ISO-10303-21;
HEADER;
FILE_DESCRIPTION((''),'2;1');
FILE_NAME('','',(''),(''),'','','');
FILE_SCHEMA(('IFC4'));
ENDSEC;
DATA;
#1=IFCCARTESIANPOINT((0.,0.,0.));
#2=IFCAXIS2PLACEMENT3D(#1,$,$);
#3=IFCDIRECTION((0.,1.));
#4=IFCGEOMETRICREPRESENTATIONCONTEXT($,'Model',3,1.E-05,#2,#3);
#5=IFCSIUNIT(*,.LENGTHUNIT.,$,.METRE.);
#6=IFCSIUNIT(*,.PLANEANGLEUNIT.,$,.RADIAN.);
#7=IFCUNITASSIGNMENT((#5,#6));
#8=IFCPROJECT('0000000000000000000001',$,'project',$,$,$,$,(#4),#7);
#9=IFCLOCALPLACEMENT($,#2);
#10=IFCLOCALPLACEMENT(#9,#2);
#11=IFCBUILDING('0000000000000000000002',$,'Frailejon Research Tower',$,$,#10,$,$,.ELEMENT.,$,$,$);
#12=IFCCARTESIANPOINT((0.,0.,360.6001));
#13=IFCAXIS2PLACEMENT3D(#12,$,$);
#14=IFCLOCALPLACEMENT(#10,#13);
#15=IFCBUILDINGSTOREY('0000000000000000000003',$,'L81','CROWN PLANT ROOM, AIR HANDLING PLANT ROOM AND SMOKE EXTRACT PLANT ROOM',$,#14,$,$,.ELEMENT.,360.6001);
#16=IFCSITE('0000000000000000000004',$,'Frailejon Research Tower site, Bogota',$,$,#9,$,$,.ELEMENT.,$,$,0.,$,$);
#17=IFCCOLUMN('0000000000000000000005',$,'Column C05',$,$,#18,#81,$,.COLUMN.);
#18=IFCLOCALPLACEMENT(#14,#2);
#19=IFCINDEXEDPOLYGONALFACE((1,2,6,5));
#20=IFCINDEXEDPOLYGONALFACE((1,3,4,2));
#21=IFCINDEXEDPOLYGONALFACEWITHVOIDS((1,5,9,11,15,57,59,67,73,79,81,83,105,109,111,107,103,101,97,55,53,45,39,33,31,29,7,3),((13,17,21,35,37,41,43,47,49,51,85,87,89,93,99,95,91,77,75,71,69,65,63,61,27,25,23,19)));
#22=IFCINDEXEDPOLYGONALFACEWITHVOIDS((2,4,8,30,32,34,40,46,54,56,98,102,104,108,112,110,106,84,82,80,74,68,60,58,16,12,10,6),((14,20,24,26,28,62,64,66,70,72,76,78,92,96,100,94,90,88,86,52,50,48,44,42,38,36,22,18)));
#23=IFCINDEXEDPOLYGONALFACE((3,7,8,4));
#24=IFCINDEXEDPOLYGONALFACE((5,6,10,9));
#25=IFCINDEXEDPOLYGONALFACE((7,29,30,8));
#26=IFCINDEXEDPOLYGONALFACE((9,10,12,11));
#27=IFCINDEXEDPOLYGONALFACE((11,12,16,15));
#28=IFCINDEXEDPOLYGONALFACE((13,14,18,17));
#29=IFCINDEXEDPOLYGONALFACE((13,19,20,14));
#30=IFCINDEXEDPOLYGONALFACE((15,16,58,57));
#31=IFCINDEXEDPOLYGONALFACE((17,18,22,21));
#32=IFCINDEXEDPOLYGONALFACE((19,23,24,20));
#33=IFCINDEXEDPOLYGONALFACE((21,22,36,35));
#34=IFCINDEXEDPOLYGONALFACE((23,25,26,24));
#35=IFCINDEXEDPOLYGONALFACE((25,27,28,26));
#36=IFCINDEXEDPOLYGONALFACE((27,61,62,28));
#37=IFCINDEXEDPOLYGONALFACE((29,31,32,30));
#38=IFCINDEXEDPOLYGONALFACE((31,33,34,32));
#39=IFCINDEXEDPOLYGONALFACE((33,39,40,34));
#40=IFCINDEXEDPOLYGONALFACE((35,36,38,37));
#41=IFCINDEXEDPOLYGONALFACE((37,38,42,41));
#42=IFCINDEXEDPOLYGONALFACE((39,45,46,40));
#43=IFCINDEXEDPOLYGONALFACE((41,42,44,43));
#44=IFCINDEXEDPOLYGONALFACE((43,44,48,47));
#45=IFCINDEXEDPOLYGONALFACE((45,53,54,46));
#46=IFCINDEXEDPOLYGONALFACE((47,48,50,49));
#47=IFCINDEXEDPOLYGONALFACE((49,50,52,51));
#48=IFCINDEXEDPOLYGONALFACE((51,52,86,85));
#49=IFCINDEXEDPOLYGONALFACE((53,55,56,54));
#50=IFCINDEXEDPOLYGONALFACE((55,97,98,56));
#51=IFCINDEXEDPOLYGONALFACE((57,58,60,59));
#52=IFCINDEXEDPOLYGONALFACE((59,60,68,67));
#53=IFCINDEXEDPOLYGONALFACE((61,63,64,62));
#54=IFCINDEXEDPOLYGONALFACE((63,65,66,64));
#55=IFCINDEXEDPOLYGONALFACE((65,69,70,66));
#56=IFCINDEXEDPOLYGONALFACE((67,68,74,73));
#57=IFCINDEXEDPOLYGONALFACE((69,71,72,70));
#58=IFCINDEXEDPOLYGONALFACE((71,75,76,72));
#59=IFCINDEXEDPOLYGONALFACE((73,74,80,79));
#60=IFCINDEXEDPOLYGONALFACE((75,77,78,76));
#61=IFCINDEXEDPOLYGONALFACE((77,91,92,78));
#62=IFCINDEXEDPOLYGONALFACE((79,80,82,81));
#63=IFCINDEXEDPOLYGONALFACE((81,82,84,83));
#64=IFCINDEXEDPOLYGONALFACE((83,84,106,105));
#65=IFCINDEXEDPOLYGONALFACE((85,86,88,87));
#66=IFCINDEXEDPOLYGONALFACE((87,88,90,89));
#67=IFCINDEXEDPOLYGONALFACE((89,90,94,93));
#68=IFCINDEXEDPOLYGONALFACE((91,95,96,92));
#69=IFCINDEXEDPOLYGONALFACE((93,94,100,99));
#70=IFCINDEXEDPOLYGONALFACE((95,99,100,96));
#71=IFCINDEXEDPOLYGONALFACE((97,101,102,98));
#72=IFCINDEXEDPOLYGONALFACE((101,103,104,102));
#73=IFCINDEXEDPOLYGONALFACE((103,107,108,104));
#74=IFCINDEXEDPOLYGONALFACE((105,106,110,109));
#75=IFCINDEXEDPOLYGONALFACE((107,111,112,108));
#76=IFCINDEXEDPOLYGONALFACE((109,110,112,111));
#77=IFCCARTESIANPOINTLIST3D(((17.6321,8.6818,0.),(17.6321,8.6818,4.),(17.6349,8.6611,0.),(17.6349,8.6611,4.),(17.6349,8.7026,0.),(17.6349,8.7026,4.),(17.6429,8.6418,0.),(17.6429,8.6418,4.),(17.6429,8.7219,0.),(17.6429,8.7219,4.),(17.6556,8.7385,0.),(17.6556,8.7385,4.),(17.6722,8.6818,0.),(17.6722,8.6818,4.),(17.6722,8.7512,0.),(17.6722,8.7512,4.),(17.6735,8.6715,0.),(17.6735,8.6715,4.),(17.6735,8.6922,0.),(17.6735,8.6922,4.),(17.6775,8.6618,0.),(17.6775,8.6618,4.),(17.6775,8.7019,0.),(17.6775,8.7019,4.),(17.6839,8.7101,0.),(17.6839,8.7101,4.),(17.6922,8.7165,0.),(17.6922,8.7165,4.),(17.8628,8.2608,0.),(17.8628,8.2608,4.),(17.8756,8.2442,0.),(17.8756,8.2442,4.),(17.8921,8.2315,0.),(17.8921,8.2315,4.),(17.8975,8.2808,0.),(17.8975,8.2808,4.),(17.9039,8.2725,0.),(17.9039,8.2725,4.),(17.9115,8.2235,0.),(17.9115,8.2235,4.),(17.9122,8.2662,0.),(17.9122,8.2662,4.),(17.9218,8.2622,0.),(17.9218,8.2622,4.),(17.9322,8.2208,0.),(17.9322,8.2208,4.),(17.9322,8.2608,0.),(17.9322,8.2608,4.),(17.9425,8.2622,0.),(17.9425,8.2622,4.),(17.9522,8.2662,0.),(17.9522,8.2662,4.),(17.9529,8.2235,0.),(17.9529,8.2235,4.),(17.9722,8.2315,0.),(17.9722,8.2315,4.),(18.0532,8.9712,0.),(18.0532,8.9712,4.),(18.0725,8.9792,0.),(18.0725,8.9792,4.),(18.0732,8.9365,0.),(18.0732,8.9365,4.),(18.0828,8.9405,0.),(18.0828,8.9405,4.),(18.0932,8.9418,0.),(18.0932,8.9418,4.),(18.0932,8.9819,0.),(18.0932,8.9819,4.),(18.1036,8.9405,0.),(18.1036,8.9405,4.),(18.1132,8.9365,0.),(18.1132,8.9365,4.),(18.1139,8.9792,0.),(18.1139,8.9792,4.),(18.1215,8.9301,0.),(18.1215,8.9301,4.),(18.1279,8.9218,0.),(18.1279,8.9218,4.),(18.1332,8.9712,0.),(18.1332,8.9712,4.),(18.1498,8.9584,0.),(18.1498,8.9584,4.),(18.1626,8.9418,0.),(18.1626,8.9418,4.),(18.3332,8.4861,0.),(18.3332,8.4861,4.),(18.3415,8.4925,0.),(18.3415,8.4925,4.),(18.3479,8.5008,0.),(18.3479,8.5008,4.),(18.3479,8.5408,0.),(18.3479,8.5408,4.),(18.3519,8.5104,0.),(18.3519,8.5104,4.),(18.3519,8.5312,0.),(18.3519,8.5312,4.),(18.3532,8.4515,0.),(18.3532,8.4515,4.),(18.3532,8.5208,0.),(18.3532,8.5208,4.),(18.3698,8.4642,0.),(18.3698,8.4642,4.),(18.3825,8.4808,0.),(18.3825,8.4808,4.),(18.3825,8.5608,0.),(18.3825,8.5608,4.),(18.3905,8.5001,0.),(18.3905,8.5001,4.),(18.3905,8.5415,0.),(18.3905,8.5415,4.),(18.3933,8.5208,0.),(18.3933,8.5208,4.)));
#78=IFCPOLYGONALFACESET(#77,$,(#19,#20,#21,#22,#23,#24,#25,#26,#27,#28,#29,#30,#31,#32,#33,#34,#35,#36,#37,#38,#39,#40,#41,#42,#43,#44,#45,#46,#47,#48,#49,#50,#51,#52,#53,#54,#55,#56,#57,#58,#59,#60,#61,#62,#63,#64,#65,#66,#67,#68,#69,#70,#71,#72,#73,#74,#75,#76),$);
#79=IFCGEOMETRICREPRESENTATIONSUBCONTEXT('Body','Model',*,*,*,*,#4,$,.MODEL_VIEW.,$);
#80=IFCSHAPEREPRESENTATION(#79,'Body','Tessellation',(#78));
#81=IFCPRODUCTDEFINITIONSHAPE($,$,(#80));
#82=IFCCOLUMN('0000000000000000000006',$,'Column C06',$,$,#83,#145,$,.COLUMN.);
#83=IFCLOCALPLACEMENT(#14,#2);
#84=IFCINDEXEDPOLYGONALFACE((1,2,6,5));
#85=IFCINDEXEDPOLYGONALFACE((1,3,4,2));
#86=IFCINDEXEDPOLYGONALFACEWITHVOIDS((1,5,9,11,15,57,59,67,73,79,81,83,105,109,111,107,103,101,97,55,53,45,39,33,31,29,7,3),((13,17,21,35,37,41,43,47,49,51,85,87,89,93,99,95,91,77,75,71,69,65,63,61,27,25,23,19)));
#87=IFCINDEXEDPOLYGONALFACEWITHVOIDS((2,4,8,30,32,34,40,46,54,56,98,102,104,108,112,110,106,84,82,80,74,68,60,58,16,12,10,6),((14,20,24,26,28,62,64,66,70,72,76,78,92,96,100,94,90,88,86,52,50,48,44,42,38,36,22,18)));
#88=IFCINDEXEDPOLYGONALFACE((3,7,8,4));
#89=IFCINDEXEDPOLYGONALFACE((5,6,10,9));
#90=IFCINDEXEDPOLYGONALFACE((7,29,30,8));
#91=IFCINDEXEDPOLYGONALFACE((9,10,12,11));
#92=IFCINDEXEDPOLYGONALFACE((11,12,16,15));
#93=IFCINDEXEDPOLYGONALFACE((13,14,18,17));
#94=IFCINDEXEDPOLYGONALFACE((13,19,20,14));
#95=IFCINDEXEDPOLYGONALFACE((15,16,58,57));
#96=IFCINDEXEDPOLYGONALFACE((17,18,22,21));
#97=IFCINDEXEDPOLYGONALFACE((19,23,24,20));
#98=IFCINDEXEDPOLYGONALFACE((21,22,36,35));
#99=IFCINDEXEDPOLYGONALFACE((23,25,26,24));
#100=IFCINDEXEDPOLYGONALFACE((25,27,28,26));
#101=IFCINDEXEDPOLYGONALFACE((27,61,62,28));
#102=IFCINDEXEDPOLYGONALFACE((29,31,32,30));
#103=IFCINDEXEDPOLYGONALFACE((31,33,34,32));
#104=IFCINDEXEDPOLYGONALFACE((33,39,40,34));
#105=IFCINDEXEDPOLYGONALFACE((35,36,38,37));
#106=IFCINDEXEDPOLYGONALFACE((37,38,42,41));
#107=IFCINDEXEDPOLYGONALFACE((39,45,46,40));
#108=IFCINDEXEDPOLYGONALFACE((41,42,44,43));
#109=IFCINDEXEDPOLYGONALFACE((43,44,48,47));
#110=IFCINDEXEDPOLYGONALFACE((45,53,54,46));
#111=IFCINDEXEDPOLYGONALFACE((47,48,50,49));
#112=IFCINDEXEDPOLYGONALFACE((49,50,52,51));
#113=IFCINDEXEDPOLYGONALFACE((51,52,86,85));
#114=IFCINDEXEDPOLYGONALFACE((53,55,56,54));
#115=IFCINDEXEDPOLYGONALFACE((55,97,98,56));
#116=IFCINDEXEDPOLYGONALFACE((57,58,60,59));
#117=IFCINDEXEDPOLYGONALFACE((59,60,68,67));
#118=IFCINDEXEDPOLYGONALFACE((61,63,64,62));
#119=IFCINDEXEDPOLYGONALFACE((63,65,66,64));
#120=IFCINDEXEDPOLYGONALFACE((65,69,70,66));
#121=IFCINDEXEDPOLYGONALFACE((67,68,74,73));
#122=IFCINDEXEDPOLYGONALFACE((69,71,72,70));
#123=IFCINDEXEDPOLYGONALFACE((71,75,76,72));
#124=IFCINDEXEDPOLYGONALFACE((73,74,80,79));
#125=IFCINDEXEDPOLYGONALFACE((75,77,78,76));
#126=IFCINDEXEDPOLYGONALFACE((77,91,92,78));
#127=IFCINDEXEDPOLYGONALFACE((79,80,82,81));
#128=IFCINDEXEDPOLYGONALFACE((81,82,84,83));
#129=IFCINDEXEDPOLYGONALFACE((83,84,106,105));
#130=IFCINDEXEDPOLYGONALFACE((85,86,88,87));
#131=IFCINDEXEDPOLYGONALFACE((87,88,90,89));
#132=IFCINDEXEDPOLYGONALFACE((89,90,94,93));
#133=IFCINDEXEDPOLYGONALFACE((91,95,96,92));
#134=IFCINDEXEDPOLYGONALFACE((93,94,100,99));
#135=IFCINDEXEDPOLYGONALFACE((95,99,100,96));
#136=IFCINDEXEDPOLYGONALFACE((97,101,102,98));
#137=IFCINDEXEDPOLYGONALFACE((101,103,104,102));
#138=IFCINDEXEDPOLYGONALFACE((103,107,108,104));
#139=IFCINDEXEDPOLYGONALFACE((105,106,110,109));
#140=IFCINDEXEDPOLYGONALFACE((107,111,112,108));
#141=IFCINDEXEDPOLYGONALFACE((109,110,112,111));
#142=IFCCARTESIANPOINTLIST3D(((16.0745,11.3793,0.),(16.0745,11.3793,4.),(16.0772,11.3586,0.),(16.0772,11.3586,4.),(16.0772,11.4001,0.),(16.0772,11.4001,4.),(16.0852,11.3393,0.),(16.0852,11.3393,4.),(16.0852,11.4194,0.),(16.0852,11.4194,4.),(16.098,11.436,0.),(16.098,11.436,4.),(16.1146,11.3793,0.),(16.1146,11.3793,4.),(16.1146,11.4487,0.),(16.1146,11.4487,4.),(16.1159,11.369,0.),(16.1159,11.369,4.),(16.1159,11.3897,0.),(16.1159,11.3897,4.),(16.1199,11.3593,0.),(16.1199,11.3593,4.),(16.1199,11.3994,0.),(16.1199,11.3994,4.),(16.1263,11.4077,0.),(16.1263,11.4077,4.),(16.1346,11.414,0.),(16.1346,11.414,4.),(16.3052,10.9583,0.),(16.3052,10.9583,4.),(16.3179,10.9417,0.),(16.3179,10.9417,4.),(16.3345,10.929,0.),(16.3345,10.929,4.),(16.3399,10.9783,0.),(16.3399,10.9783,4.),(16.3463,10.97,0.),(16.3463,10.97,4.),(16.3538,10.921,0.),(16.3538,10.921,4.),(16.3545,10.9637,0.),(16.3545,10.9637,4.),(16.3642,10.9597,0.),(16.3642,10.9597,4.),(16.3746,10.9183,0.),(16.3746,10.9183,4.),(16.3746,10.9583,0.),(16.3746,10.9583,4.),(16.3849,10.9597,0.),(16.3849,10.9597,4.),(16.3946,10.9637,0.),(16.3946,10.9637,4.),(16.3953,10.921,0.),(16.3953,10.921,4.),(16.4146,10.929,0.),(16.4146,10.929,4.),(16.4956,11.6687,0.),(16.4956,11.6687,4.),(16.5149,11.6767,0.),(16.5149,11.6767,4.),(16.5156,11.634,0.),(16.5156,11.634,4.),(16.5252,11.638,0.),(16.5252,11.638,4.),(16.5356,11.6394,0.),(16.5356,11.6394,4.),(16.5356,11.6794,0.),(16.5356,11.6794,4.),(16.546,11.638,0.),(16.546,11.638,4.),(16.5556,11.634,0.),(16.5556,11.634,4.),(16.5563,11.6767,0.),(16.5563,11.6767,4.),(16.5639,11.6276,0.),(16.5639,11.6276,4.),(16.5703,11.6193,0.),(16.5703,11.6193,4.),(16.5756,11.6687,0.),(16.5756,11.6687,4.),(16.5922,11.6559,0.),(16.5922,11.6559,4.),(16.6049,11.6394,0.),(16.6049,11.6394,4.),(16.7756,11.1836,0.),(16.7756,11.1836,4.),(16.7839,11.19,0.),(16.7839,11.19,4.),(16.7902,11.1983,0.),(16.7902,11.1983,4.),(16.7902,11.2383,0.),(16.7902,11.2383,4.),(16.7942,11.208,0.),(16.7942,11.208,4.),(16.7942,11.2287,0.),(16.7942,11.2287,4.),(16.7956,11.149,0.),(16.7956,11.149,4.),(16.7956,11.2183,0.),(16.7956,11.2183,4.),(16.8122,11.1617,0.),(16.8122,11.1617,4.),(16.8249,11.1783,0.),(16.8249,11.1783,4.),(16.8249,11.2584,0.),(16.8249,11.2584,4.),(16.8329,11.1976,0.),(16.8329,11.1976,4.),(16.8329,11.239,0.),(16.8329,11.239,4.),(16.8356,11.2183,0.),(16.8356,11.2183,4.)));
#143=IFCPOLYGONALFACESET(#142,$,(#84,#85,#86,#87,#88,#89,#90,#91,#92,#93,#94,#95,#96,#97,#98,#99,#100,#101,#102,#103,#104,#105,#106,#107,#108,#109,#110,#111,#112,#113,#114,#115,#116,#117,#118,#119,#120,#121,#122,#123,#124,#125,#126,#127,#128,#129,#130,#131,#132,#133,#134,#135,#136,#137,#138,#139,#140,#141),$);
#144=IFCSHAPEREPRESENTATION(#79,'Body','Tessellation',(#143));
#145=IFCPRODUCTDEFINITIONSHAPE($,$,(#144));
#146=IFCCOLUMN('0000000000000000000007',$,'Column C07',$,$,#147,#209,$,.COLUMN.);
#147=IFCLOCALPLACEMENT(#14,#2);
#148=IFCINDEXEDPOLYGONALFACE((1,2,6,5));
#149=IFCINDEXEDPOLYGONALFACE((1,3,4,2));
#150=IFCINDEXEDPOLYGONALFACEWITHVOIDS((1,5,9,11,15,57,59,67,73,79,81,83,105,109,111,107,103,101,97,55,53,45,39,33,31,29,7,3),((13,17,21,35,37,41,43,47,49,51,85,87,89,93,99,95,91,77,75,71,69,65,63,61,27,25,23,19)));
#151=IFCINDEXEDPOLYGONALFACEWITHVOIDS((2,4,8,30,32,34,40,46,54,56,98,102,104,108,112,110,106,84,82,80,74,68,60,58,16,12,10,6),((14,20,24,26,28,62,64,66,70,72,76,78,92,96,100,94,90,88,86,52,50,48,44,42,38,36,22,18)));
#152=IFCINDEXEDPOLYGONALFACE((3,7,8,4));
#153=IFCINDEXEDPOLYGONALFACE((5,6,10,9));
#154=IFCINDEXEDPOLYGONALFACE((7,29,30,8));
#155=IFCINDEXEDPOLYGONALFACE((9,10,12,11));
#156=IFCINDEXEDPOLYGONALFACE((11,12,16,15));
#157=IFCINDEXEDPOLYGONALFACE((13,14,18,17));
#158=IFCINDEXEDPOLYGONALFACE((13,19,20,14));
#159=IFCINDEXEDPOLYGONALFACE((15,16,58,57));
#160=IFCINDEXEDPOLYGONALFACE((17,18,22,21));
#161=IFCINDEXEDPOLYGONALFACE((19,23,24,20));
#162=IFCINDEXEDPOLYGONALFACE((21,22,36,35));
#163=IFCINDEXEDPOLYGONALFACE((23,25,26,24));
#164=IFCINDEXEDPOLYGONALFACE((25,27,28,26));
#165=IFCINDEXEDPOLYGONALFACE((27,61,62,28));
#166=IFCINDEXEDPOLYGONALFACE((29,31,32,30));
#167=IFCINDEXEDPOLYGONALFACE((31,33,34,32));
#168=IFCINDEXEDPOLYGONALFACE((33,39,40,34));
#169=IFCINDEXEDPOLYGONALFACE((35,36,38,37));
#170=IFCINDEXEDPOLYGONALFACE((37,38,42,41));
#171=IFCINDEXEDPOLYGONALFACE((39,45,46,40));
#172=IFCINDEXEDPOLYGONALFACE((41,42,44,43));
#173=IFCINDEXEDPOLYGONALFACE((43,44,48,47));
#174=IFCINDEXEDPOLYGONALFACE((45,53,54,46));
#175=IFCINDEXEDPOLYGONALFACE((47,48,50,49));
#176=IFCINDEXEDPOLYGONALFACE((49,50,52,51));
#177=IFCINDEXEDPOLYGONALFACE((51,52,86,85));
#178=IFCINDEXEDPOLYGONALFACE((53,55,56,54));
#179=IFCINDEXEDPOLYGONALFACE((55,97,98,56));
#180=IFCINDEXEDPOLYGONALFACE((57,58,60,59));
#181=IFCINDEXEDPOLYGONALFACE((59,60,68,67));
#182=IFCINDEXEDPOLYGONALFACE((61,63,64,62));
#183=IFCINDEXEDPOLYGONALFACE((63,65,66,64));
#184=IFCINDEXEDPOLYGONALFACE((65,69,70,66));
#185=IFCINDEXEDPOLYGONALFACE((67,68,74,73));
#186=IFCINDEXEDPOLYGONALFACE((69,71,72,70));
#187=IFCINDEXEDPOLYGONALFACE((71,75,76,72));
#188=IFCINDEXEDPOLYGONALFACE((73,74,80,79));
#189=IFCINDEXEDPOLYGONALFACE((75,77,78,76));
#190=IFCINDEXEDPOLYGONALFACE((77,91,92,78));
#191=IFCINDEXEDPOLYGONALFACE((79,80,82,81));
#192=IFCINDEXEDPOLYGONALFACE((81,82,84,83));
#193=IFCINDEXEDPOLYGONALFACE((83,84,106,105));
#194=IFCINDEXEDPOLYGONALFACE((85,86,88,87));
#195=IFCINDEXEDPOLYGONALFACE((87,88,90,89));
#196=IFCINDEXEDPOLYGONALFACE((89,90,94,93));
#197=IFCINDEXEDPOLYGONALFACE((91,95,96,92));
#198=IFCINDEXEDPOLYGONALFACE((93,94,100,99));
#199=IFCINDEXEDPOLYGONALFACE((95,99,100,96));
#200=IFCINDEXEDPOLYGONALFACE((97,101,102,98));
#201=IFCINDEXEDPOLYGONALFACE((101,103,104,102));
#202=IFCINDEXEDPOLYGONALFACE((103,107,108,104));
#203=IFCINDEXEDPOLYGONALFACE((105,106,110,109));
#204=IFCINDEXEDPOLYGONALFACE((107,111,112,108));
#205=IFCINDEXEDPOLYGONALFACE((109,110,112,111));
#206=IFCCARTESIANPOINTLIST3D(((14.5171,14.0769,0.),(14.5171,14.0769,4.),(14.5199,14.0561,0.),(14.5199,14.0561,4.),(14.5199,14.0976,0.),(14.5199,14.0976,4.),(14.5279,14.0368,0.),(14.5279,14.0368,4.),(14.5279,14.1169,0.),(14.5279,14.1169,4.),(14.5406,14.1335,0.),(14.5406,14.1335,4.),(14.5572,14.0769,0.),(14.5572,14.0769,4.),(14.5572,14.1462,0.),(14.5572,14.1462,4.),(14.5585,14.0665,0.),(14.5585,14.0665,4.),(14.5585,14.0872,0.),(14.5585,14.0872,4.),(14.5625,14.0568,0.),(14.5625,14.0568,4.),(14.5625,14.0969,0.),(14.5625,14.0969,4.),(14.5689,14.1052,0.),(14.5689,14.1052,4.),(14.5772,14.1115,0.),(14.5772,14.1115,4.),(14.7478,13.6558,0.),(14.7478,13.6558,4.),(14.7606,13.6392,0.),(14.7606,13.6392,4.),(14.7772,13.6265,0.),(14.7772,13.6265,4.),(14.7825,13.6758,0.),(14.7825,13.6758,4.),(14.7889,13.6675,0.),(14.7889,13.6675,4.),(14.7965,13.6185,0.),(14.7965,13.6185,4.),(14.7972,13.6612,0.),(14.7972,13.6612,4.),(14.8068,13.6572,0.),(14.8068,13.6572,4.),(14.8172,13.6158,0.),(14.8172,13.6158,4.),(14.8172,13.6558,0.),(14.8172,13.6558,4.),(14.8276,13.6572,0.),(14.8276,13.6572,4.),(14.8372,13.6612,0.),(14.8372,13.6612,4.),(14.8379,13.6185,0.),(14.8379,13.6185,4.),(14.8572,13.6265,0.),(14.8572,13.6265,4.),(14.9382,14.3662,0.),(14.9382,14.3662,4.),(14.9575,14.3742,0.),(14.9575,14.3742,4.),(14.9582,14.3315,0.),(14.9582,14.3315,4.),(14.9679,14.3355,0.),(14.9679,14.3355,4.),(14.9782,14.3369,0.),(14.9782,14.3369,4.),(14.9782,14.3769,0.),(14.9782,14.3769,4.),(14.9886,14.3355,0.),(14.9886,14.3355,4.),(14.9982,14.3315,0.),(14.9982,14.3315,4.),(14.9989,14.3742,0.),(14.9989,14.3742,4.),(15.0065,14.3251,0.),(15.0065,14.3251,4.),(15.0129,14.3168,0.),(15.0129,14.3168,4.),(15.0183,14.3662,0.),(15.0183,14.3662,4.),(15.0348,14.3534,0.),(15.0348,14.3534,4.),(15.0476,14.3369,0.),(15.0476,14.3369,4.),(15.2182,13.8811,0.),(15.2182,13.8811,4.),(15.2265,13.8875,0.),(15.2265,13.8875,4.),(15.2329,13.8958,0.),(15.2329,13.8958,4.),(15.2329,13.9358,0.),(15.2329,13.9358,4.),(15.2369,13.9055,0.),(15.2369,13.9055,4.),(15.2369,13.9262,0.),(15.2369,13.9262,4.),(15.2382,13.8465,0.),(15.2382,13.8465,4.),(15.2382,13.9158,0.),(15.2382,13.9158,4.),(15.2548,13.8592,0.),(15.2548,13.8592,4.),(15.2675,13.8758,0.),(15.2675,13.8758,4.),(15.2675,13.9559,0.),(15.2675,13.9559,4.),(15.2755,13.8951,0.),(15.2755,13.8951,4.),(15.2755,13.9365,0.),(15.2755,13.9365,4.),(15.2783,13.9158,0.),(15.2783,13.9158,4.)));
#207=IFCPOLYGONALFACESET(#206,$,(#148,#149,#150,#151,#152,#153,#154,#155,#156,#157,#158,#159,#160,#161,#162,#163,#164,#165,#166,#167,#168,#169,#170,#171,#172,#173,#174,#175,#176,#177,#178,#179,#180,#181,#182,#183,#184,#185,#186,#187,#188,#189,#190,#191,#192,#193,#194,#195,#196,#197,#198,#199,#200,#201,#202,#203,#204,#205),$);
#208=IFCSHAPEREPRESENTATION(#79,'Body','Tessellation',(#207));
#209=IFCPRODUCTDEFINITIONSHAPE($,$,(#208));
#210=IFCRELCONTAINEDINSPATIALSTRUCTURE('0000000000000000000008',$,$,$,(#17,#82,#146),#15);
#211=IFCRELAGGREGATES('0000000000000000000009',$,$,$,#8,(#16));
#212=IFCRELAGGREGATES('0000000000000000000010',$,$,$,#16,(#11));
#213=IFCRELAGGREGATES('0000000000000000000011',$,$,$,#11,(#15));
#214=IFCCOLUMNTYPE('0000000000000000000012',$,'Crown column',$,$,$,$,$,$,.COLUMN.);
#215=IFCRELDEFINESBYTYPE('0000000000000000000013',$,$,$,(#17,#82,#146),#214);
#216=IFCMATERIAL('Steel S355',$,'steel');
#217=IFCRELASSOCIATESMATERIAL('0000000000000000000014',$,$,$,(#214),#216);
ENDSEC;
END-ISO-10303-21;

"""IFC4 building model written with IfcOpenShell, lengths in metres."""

from ifc_helpers import new_model, si_unit, direction, frame, origin, origin_2d, place, context, subcontext, project, spatial, hollow_rectangle, extrude, material, material_profile, profile_set, type_object, element, save


model = new_model("IFC4")

# Units and contexts
model_context = context("Model", 3, precision=1e-05, world=origin(), true_north=direction((0.0, 1.0)))
body_context = subcontext(model_context, "Body", "Model", "MODEL_VIEW")
ifc_project = project(units=[si_unit("LENGTHUNIT", "METRE"), si_unit("PLANEANGLEUNIT", "RADIAN")], contexts=[model_context])

# Site, building, storey
site_placement = place(None, origin())
site = spatial("IfcSite", under=ifc_project, at=site_placement, Name="Frailejon Research Tower site, Bogota", CompositionType="ELEMENT", RefElevation=0.0)
building_placement = place(site_placement, origin())
building = spatial("IfcBuilding", under=site, at=building_placement, Name="Frailejon Research Tower", CompositionType="ELEMENT")
storey_placement = place(building_placement, frame((0.0, 0.0, 360.6001)))
storey = spatial("IfcBuildingStorey", under=building, at=storey_placement, Name="L81", Description="CROWN PLANT ROOM, AIR HANDLING PLANT ROOM AND SMOKE EXTRACT PLANT ROOM", CompositionType="ELEMENT", Elevation=360.6001)

# Columns
ifc_material_1 = material(Name="Steel S355", Category="steel")
ifc_material_profile_1 = material_profile(ifc_material_1, hollow_rectangle(XDim=0.6001, YDim=0.6001, WallThickness=0.04, InnerFilletRadius=0.04, OuterFilletRadius=0.0801, at=origin_2d()), Name="Crown column")
ifc_profile_set_1 = profile_set([ifc_material_profile_1], Name="Steel S355")
column_type = type_object("IfcColumnType", Name="Crown column", PredefinedType="COLUMN", material=ifc_profile_set_1)
for number, where, z_axis, x_axis, name in (
    (1, (18.0127, 8.6013, 0.0), (0.0, 0.0, 1.0), (-0.5, 0.866025, 0.0), "Column C05"),
    (2, (16.4551, 11.2988, 0.0), (0.0, 0.0, 1.0), (-0.5, 0.866025, 0.0), "Column C06"),
    (3, (14.8977, 13.9963, 0.0), (0.0, 0.0, 1.0), (-0.5, 0.866025, 0.0), "Column C07"),
):
    element("IfcColumn", number, at=place(storey_placement, frame(where, z_axis=z_axis, x_axis=x_axis)), inside=storey, type_object=column_type, Name=name, PredefinedType="COLUMN", context=body_context, shape_type="SweptSolid", body=[
        extrude(hollow_rectangle(XDim=0.6001, YDim=0.6001, WallThickness=0.04, InnerFilletRadius=0.04, OuterFilletRadius=0.0801, at=origin_2d()), origin(), (0.0, 0.0, 1.0), 4.0),
    ])

save(model, "model.ifc")
